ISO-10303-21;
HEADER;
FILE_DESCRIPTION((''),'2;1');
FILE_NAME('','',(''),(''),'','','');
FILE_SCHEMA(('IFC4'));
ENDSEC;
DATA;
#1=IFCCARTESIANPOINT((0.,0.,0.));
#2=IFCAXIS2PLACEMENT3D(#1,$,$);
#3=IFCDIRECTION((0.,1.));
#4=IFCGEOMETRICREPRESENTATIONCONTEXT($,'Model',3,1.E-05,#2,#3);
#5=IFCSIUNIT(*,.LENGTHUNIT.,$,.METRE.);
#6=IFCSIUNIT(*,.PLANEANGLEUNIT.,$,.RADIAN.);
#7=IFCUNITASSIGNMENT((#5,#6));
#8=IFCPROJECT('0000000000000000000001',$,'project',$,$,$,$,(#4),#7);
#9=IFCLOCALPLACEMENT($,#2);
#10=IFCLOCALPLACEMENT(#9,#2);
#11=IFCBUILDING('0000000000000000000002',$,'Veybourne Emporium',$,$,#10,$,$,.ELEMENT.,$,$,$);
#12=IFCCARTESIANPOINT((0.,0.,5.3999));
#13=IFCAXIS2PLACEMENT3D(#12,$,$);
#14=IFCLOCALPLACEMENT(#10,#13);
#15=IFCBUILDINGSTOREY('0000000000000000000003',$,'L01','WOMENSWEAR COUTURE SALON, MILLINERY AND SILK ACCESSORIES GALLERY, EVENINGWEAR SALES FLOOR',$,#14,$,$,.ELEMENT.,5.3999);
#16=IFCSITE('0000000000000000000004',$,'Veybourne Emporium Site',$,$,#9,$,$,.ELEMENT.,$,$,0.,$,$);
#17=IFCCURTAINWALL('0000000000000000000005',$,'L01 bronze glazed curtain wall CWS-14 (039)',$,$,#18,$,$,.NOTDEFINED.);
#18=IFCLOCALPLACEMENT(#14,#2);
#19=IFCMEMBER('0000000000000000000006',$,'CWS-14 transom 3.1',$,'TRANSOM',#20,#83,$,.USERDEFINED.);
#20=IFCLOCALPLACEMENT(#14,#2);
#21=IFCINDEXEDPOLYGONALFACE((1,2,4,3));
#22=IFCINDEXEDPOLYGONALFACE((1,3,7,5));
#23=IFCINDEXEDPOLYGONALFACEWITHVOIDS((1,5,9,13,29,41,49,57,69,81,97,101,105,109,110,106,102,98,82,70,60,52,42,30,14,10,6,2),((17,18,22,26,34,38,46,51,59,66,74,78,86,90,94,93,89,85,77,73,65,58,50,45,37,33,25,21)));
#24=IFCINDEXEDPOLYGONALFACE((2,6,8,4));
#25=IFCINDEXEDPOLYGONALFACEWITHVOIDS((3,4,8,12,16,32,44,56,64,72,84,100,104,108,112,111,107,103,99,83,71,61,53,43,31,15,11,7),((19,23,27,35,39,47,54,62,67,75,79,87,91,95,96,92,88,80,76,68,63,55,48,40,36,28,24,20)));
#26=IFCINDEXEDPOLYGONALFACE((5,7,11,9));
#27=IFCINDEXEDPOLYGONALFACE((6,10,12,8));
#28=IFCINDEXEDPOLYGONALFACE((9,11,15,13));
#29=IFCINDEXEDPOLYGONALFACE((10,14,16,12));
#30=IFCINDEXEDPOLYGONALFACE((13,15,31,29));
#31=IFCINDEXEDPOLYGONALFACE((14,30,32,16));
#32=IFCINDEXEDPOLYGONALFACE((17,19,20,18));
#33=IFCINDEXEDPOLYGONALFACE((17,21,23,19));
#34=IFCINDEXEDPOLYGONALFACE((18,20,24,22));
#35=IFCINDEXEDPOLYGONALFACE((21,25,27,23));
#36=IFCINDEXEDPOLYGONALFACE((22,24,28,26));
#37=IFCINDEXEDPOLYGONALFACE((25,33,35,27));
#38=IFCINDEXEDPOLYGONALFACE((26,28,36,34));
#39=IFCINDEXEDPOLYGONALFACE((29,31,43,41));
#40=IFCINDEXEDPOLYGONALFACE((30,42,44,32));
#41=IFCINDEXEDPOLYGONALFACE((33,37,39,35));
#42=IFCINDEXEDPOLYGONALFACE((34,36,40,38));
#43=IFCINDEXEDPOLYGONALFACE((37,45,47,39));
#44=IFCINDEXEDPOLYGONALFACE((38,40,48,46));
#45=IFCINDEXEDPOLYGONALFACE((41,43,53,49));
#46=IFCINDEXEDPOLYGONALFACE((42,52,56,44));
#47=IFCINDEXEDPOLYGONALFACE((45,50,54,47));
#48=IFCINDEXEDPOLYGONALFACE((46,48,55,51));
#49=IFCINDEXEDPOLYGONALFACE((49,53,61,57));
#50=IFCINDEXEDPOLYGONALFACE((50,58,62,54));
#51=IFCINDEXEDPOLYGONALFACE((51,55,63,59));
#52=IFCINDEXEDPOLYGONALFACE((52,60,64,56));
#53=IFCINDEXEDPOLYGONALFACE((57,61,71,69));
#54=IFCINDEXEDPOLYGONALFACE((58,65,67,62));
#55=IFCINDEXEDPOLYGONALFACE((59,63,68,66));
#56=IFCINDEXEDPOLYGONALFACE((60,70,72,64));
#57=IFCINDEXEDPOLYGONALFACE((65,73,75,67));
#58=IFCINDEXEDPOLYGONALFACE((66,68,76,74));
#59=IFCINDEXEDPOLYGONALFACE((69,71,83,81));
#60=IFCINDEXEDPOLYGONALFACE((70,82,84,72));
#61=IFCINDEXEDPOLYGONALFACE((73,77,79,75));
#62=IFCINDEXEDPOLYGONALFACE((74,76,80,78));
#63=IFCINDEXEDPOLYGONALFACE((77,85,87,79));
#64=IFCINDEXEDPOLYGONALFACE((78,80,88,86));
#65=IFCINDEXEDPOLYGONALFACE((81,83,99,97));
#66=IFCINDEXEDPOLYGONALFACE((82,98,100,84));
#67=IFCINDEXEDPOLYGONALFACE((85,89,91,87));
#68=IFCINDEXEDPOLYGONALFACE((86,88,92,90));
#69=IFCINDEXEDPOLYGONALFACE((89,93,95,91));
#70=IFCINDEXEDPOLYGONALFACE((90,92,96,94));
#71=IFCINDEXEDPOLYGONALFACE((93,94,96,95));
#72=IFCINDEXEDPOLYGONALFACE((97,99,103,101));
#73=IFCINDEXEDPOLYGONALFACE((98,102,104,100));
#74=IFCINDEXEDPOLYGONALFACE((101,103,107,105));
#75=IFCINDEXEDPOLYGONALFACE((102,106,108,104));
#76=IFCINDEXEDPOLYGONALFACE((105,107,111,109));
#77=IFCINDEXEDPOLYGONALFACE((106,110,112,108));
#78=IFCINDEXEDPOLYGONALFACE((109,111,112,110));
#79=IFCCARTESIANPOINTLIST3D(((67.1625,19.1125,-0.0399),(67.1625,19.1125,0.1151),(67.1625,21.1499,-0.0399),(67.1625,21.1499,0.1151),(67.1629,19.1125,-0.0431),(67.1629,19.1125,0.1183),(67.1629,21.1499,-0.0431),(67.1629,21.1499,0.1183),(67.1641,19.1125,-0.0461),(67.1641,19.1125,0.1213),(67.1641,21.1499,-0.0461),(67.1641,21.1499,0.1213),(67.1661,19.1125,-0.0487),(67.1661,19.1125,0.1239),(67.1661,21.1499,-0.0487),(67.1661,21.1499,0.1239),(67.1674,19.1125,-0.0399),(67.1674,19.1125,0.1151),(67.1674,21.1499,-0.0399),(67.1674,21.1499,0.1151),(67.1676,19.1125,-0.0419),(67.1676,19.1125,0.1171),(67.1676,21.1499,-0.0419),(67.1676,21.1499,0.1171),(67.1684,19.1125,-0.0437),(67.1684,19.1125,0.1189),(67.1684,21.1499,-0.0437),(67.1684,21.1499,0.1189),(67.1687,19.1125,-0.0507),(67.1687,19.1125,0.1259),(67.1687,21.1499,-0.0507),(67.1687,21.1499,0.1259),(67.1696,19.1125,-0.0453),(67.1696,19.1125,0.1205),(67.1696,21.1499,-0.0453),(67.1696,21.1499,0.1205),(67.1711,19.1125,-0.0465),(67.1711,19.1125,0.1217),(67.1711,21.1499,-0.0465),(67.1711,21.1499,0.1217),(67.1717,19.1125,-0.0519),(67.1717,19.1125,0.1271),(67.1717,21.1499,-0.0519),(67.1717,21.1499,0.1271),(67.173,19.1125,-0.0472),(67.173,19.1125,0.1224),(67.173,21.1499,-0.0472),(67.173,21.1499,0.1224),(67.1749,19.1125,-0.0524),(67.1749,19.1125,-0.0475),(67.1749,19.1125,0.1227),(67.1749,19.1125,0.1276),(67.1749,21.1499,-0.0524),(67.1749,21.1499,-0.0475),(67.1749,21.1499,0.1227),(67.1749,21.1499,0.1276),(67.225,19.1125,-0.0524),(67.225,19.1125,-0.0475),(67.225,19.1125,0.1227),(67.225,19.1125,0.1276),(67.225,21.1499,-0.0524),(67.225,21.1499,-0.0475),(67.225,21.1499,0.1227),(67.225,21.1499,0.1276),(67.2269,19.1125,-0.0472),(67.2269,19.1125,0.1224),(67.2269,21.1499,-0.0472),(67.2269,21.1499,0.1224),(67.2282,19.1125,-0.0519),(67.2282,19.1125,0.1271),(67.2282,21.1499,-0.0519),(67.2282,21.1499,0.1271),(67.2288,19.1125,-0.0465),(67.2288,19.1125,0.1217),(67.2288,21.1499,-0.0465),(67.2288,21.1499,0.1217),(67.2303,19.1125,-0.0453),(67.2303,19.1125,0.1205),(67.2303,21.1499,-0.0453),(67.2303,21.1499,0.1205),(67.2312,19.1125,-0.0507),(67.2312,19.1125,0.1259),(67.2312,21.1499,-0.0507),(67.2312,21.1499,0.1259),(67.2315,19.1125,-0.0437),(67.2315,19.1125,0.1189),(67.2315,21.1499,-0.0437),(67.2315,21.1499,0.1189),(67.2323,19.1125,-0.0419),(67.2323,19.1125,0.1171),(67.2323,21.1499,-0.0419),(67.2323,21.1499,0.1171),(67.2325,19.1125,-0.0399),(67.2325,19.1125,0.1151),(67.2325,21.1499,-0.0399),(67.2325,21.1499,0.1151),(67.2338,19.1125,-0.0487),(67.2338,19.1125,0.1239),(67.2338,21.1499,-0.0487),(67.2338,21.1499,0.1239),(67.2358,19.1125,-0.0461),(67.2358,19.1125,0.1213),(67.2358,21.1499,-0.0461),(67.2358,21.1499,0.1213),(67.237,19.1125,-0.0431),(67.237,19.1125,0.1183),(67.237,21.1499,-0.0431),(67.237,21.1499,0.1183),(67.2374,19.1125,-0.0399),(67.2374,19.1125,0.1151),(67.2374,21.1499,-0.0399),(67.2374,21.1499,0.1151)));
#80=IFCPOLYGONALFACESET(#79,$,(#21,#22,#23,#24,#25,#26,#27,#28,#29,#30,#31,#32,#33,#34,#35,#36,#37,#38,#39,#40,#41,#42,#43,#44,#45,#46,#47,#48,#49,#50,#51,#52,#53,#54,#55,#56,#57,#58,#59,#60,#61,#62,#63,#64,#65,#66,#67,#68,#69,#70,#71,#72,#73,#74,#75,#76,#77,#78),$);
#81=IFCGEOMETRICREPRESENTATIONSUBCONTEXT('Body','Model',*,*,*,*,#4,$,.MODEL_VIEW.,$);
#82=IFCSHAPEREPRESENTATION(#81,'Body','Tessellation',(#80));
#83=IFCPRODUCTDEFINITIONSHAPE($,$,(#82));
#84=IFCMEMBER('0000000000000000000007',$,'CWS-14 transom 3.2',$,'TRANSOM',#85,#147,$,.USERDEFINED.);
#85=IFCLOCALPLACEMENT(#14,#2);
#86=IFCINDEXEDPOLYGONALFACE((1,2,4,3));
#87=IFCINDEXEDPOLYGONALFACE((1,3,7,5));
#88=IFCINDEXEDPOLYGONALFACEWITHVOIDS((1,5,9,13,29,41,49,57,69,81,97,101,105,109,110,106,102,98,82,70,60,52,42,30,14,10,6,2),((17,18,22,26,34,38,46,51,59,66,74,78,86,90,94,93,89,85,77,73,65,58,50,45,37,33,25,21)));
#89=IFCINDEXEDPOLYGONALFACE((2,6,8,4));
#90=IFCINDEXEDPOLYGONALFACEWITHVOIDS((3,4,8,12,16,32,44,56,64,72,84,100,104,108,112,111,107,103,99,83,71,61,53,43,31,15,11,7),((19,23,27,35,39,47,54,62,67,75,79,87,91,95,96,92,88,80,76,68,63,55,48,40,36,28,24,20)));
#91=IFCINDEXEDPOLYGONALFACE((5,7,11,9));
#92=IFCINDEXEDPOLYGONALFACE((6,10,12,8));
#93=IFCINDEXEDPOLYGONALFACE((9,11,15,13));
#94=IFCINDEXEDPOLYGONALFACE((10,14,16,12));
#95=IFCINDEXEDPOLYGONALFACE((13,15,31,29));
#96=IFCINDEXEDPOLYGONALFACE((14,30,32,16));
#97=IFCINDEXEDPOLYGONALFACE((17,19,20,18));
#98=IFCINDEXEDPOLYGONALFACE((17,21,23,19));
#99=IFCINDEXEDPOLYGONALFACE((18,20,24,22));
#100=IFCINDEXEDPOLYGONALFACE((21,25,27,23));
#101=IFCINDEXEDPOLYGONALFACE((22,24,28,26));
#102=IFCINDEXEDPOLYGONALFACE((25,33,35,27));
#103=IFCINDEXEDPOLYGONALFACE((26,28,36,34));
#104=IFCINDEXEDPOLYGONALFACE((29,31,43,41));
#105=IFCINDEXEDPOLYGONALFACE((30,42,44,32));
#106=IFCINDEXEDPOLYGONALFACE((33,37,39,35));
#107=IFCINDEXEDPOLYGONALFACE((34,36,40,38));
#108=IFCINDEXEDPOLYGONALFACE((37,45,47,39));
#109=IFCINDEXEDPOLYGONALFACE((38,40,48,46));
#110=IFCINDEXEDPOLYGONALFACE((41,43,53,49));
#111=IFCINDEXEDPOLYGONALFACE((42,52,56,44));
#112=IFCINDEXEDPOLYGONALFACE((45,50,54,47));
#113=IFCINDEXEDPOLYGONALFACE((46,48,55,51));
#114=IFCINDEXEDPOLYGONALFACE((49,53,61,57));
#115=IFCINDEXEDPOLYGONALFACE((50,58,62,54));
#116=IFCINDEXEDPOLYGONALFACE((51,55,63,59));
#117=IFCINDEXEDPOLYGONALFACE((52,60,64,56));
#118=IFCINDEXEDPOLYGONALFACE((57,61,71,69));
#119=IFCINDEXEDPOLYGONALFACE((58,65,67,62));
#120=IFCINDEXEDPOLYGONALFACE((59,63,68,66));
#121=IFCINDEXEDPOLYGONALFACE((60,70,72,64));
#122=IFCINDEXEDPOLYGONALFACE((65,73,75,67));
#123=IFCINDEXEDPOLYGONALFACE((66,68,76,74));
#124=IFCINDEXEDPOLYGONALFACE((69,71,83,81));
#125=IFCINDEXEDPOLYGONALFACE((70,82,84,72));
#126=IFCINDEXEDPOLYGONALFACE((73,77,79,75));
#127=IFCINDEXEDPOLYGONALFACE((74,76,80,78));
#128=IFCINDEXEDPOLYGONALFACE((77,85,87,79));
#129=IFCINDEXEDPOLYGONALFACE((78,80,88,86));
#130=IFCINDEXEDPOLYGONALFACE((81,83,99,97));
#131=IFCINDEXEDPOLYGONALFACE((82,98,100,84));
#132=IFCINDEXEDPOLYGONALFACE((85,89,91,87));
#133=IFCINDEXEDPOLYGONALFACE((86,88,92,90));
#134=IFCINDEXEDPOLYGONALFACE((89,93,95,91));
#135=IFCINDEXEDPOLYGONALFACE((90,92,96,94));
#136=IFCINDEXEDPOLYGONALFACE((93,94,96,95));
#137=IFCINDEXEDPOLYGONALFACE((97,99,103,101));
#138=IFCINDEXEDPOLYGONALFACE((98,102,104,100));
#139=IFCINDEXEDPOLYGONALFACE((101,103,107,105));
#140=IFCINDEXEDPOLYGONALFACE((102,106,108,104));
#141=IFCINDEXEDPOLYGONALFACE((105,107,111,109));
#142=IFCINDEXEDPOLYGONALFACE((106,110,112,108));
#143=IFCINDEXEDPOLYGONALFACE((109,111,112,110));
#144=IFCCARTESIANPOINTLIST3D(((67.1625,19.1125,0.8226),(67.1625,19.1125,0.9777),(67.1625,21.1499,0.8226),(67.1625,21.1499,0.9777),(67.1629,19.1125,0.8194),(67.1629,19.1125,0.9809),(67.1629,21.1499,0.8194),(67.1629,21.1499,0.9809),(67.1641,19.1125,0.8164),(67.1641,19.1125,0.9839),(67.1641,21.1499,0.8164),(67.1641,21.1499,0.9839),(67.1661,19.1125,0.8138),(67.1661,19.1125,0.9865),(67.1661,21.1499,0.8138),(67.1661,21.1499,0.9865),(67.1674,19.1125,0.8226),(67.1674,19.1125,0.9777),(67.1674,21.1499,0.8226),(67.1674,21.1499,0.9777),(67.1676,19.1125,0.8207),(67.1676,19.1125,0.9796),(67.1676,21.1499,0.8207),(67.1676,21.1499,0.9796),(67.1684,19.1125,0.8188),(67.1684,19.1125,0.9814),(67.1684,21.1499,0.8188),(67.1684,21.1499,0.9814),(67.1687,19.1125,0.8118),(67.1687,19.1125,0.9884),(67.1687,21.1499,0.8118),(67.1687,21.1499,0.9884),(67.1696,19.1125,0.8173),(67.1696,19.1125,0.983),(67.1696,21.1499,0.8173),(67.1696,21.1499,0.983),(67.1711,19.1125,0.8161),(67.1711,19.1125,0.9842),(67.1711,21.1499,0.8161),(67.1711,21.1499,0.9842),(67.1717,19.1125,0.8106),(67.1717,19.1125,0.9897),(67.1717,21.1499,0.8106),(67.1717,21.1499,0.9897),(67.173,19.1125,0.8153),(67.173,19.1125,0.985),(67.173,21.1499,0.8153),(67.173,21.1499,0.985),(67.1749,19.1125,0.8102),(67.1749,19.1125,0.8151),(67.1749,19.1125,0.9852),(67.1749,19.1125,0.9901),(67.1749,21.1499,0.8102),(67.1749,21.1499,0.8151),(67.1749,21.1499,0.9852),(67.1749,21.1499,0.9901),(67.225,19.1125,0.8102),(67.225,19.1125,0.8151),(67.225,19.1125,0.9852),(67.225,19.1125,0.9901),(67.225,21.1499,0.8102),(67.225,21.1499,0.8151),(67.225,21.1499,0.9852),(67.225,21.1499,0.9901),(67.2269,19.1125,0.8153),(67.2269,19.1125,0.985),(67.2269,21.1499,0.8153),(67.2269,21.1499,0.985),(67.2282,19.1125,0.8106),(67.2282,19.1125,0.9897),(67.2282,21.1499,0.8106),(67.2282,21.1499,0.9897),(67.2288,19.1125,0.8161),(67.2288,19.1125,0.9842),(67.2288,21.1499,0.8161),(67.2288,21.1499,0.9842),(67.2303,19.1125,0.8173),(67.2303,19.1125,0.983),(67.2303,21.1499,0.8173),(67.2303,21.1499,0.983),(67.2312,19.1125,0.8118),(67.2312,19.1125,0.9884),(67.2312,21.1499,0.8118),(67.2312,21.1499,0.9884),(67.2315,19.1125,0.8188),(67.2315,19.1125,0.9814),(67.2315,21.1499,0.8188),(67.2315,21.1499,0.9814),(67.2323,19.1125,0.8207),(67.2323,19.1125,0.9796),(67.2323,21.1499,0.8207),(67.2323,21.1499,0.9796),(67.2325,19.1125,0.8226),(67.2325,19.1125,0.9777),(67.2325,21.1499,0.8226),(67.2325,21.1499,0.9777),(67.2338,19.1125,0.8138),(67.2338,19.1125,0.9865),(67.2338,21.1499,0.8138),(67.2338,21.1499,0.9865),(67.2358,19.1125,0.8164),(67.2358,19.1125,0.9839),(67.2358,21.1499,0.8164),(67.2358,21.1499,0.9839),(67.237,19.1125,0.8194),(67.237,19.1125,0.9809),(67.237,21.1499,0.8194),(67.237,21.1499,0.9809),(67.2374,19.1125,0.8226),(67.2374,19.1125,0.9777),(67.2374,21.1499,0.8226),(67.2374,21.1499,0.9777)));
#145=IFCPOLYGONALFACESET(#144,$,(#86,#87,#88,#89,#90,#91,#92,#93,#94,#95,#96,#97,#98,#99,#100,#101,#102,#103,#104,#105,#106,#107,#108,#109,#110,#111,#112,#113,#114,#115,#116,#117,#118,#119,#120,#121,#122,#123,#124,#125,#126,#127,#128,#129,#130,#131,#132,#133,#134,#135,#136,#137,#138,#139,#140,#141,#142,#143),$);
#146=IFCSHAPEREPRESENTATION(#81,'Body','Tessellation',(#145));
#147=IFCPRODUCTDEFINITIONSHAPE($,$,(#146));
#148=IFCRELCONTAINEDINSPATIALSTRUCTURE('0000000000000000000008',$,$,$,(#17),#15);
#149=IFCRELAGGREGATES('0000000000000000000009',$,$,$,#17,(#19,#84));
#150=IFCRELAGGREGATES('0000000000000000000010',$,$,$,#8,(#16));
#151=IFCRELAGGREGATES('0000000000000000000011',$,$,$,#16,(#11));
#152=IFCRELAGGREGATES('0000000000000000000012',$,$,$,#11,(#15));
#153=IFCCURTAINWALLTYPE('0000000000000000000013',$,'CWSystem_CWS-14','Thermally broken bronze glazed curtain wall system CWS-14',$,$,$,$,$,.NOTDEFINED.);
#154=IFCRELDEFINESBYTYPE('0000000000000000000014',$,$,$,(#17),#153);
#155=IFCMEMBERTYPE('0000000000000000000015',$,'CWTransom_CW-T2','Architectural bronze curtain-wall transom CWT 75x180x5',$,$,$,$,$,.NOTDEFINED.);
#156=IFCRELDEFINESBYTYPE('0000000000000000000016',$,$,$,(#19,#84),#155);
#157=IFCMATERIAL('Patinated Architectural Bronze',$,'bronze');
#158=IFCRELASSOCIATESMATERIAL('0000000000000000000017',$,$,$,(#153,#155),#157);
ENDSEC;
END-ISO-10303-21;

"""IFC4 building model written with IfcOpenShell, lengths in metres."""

from ifc_helpers import new_model, si_unit, direction, frame, origin, origin_2d, place, context, subcontext, project, spatial, hollow_rectangle, extrude, material, material_profile, profile_set, type_object, element, aggregate, save


model = new_model("IFC4")

# Units and contexts
model_context = context("Model", 3, precision=1e-05, world=origin(), true_north=direction((0.0, 1.0)))
body_context = subcontext(model_context, "Body", "Model", "MODEL_VIEW")
ifc_project = project(units=[si_unit("LENGTHUNIT", "METRE"), si_unit("PLANEANGLEUNIT", "RADIAN")], contexts=[model_context])

# Site, building, storey
site_placement = place(None, origin())
site = spatial("IfcSite", under=ifc_project, at=site_placement, Name="Veybourne Emporium Site", CompositionType="ELEMENT", RefElevation=0.0)
building_placement = place(site_placement, origin())
building = spatial("IfcBuilding", under=site, at=building_placement, Name="Veybourne Emporium", CompositionType="ELEMENT")
storey_placement = place(building_placement, frame((0.0, 0.0, 5.3999)))
storey = spatial("IfcBuildingStorey", under=building, at=storey_placement, Name="L01", Description="WOMENSWEAR COUTURE SALON, MILLINERY AND SILK ACCESSORIES GALLERY, EVENINGWEAR SALES FLOOR", CompositionType="ELEMENT", Elevation=5.3999)

# Curtain wall
ifc_material_1 = material(Name="Patinated Architectural Bronze", Category="bronze")
curtain_wall_type_1 = type_object("IfcCurtainWallType", Name="CWSystem_CWS-14", Description="Thermally broken bronze glazed curtain wall system CWS-14", PredefinedType="NOTDEFINED", material=ifc_material_1)
curtain_wall_1_placement = place(storey_placement, origin())
curtain_wall_1 = element("IfcCurtainWall", 1, at=curtain_wall_1_placement, inside=storey, type_object=curtain_wall_type_1, Name="L01 bronze glazed curtain wall CWS-14 (039)", PredefinedType="NOTDEFINED")

# Members
ifc_material_profile_1 = material_profile(ifc_material_1, hollow_rectangle(XDim=0.075, YDim=0.1799, WallThickness=0.0049, InnerFilletRadius=0.0076, OuterFilletRadius=0.0125, at=origin_2d()), Name="CWT 75x180x5")
ifc_profile_set_1 = profile_set([ifc_material_profile_1], Name="Patinated Architectural Bronze")
member_type_1 = type_object("IfcMemberType", Name="CWTransom_CW-T2", Description="Architectural bronze curtain-wall transom CWT 75x180x5", PredefinedType="NOTDEFINED", material=ifc_profile_set_1)
member_1_placement = place(storey_placement, frame((67.2, 19.1125, 0.0376), z_axis=(0.0, 1.0, 0.0), x_axis=(-1.0, 0.0, 0.0)))
member_1 = element("IfcMember", 2, at=member_1_placement, type_object=member_type_1, Name="CWS-14 transom 3.1", ObjectType="TRANSOM", PredefinedType="USERDEFINED", context=body_context, shape_type="SweptSolid", body=[
    extrude(hollow_rectangle(XDim=0.075, YDim=0.1799, WallThickness=0.0049, InnerFilletRadius=0.0076, OuterFilletRadius=0.0125, at=origin_2d()), origin(), (0.0, 0.0, 1.0), 2.0374),
])
member_2_placement = place(storey_placement, frame((67.2, 19.1125, 0.9001), z_axis=(0.0, 1.0, 0.0), x_axis=(-1.0, 0.0, 0.0)))
member_2 = element("IfcMember", 3, at=member_2_placement, type_object=member_type_1, Name="CWS-14 transom 3.2", ObjectType="TRANSOM", PredefinedType="USERDEFINED", context=body_context, shape_type="SweptSolid", body=[
    extrude(hollow_rectangle(XDim=0.075, YDim=0.1799, WallThickness=0.0049, InnerFilletRadius=0.0076, OuterFilletRadius=0.0125, at=origin_2d()), origin(), (0.0, 0.0, 1.0), 2.0374),
])

aggregate(curtain_wall_1, [member_1, member_2])

save(model, "model.ifc")
